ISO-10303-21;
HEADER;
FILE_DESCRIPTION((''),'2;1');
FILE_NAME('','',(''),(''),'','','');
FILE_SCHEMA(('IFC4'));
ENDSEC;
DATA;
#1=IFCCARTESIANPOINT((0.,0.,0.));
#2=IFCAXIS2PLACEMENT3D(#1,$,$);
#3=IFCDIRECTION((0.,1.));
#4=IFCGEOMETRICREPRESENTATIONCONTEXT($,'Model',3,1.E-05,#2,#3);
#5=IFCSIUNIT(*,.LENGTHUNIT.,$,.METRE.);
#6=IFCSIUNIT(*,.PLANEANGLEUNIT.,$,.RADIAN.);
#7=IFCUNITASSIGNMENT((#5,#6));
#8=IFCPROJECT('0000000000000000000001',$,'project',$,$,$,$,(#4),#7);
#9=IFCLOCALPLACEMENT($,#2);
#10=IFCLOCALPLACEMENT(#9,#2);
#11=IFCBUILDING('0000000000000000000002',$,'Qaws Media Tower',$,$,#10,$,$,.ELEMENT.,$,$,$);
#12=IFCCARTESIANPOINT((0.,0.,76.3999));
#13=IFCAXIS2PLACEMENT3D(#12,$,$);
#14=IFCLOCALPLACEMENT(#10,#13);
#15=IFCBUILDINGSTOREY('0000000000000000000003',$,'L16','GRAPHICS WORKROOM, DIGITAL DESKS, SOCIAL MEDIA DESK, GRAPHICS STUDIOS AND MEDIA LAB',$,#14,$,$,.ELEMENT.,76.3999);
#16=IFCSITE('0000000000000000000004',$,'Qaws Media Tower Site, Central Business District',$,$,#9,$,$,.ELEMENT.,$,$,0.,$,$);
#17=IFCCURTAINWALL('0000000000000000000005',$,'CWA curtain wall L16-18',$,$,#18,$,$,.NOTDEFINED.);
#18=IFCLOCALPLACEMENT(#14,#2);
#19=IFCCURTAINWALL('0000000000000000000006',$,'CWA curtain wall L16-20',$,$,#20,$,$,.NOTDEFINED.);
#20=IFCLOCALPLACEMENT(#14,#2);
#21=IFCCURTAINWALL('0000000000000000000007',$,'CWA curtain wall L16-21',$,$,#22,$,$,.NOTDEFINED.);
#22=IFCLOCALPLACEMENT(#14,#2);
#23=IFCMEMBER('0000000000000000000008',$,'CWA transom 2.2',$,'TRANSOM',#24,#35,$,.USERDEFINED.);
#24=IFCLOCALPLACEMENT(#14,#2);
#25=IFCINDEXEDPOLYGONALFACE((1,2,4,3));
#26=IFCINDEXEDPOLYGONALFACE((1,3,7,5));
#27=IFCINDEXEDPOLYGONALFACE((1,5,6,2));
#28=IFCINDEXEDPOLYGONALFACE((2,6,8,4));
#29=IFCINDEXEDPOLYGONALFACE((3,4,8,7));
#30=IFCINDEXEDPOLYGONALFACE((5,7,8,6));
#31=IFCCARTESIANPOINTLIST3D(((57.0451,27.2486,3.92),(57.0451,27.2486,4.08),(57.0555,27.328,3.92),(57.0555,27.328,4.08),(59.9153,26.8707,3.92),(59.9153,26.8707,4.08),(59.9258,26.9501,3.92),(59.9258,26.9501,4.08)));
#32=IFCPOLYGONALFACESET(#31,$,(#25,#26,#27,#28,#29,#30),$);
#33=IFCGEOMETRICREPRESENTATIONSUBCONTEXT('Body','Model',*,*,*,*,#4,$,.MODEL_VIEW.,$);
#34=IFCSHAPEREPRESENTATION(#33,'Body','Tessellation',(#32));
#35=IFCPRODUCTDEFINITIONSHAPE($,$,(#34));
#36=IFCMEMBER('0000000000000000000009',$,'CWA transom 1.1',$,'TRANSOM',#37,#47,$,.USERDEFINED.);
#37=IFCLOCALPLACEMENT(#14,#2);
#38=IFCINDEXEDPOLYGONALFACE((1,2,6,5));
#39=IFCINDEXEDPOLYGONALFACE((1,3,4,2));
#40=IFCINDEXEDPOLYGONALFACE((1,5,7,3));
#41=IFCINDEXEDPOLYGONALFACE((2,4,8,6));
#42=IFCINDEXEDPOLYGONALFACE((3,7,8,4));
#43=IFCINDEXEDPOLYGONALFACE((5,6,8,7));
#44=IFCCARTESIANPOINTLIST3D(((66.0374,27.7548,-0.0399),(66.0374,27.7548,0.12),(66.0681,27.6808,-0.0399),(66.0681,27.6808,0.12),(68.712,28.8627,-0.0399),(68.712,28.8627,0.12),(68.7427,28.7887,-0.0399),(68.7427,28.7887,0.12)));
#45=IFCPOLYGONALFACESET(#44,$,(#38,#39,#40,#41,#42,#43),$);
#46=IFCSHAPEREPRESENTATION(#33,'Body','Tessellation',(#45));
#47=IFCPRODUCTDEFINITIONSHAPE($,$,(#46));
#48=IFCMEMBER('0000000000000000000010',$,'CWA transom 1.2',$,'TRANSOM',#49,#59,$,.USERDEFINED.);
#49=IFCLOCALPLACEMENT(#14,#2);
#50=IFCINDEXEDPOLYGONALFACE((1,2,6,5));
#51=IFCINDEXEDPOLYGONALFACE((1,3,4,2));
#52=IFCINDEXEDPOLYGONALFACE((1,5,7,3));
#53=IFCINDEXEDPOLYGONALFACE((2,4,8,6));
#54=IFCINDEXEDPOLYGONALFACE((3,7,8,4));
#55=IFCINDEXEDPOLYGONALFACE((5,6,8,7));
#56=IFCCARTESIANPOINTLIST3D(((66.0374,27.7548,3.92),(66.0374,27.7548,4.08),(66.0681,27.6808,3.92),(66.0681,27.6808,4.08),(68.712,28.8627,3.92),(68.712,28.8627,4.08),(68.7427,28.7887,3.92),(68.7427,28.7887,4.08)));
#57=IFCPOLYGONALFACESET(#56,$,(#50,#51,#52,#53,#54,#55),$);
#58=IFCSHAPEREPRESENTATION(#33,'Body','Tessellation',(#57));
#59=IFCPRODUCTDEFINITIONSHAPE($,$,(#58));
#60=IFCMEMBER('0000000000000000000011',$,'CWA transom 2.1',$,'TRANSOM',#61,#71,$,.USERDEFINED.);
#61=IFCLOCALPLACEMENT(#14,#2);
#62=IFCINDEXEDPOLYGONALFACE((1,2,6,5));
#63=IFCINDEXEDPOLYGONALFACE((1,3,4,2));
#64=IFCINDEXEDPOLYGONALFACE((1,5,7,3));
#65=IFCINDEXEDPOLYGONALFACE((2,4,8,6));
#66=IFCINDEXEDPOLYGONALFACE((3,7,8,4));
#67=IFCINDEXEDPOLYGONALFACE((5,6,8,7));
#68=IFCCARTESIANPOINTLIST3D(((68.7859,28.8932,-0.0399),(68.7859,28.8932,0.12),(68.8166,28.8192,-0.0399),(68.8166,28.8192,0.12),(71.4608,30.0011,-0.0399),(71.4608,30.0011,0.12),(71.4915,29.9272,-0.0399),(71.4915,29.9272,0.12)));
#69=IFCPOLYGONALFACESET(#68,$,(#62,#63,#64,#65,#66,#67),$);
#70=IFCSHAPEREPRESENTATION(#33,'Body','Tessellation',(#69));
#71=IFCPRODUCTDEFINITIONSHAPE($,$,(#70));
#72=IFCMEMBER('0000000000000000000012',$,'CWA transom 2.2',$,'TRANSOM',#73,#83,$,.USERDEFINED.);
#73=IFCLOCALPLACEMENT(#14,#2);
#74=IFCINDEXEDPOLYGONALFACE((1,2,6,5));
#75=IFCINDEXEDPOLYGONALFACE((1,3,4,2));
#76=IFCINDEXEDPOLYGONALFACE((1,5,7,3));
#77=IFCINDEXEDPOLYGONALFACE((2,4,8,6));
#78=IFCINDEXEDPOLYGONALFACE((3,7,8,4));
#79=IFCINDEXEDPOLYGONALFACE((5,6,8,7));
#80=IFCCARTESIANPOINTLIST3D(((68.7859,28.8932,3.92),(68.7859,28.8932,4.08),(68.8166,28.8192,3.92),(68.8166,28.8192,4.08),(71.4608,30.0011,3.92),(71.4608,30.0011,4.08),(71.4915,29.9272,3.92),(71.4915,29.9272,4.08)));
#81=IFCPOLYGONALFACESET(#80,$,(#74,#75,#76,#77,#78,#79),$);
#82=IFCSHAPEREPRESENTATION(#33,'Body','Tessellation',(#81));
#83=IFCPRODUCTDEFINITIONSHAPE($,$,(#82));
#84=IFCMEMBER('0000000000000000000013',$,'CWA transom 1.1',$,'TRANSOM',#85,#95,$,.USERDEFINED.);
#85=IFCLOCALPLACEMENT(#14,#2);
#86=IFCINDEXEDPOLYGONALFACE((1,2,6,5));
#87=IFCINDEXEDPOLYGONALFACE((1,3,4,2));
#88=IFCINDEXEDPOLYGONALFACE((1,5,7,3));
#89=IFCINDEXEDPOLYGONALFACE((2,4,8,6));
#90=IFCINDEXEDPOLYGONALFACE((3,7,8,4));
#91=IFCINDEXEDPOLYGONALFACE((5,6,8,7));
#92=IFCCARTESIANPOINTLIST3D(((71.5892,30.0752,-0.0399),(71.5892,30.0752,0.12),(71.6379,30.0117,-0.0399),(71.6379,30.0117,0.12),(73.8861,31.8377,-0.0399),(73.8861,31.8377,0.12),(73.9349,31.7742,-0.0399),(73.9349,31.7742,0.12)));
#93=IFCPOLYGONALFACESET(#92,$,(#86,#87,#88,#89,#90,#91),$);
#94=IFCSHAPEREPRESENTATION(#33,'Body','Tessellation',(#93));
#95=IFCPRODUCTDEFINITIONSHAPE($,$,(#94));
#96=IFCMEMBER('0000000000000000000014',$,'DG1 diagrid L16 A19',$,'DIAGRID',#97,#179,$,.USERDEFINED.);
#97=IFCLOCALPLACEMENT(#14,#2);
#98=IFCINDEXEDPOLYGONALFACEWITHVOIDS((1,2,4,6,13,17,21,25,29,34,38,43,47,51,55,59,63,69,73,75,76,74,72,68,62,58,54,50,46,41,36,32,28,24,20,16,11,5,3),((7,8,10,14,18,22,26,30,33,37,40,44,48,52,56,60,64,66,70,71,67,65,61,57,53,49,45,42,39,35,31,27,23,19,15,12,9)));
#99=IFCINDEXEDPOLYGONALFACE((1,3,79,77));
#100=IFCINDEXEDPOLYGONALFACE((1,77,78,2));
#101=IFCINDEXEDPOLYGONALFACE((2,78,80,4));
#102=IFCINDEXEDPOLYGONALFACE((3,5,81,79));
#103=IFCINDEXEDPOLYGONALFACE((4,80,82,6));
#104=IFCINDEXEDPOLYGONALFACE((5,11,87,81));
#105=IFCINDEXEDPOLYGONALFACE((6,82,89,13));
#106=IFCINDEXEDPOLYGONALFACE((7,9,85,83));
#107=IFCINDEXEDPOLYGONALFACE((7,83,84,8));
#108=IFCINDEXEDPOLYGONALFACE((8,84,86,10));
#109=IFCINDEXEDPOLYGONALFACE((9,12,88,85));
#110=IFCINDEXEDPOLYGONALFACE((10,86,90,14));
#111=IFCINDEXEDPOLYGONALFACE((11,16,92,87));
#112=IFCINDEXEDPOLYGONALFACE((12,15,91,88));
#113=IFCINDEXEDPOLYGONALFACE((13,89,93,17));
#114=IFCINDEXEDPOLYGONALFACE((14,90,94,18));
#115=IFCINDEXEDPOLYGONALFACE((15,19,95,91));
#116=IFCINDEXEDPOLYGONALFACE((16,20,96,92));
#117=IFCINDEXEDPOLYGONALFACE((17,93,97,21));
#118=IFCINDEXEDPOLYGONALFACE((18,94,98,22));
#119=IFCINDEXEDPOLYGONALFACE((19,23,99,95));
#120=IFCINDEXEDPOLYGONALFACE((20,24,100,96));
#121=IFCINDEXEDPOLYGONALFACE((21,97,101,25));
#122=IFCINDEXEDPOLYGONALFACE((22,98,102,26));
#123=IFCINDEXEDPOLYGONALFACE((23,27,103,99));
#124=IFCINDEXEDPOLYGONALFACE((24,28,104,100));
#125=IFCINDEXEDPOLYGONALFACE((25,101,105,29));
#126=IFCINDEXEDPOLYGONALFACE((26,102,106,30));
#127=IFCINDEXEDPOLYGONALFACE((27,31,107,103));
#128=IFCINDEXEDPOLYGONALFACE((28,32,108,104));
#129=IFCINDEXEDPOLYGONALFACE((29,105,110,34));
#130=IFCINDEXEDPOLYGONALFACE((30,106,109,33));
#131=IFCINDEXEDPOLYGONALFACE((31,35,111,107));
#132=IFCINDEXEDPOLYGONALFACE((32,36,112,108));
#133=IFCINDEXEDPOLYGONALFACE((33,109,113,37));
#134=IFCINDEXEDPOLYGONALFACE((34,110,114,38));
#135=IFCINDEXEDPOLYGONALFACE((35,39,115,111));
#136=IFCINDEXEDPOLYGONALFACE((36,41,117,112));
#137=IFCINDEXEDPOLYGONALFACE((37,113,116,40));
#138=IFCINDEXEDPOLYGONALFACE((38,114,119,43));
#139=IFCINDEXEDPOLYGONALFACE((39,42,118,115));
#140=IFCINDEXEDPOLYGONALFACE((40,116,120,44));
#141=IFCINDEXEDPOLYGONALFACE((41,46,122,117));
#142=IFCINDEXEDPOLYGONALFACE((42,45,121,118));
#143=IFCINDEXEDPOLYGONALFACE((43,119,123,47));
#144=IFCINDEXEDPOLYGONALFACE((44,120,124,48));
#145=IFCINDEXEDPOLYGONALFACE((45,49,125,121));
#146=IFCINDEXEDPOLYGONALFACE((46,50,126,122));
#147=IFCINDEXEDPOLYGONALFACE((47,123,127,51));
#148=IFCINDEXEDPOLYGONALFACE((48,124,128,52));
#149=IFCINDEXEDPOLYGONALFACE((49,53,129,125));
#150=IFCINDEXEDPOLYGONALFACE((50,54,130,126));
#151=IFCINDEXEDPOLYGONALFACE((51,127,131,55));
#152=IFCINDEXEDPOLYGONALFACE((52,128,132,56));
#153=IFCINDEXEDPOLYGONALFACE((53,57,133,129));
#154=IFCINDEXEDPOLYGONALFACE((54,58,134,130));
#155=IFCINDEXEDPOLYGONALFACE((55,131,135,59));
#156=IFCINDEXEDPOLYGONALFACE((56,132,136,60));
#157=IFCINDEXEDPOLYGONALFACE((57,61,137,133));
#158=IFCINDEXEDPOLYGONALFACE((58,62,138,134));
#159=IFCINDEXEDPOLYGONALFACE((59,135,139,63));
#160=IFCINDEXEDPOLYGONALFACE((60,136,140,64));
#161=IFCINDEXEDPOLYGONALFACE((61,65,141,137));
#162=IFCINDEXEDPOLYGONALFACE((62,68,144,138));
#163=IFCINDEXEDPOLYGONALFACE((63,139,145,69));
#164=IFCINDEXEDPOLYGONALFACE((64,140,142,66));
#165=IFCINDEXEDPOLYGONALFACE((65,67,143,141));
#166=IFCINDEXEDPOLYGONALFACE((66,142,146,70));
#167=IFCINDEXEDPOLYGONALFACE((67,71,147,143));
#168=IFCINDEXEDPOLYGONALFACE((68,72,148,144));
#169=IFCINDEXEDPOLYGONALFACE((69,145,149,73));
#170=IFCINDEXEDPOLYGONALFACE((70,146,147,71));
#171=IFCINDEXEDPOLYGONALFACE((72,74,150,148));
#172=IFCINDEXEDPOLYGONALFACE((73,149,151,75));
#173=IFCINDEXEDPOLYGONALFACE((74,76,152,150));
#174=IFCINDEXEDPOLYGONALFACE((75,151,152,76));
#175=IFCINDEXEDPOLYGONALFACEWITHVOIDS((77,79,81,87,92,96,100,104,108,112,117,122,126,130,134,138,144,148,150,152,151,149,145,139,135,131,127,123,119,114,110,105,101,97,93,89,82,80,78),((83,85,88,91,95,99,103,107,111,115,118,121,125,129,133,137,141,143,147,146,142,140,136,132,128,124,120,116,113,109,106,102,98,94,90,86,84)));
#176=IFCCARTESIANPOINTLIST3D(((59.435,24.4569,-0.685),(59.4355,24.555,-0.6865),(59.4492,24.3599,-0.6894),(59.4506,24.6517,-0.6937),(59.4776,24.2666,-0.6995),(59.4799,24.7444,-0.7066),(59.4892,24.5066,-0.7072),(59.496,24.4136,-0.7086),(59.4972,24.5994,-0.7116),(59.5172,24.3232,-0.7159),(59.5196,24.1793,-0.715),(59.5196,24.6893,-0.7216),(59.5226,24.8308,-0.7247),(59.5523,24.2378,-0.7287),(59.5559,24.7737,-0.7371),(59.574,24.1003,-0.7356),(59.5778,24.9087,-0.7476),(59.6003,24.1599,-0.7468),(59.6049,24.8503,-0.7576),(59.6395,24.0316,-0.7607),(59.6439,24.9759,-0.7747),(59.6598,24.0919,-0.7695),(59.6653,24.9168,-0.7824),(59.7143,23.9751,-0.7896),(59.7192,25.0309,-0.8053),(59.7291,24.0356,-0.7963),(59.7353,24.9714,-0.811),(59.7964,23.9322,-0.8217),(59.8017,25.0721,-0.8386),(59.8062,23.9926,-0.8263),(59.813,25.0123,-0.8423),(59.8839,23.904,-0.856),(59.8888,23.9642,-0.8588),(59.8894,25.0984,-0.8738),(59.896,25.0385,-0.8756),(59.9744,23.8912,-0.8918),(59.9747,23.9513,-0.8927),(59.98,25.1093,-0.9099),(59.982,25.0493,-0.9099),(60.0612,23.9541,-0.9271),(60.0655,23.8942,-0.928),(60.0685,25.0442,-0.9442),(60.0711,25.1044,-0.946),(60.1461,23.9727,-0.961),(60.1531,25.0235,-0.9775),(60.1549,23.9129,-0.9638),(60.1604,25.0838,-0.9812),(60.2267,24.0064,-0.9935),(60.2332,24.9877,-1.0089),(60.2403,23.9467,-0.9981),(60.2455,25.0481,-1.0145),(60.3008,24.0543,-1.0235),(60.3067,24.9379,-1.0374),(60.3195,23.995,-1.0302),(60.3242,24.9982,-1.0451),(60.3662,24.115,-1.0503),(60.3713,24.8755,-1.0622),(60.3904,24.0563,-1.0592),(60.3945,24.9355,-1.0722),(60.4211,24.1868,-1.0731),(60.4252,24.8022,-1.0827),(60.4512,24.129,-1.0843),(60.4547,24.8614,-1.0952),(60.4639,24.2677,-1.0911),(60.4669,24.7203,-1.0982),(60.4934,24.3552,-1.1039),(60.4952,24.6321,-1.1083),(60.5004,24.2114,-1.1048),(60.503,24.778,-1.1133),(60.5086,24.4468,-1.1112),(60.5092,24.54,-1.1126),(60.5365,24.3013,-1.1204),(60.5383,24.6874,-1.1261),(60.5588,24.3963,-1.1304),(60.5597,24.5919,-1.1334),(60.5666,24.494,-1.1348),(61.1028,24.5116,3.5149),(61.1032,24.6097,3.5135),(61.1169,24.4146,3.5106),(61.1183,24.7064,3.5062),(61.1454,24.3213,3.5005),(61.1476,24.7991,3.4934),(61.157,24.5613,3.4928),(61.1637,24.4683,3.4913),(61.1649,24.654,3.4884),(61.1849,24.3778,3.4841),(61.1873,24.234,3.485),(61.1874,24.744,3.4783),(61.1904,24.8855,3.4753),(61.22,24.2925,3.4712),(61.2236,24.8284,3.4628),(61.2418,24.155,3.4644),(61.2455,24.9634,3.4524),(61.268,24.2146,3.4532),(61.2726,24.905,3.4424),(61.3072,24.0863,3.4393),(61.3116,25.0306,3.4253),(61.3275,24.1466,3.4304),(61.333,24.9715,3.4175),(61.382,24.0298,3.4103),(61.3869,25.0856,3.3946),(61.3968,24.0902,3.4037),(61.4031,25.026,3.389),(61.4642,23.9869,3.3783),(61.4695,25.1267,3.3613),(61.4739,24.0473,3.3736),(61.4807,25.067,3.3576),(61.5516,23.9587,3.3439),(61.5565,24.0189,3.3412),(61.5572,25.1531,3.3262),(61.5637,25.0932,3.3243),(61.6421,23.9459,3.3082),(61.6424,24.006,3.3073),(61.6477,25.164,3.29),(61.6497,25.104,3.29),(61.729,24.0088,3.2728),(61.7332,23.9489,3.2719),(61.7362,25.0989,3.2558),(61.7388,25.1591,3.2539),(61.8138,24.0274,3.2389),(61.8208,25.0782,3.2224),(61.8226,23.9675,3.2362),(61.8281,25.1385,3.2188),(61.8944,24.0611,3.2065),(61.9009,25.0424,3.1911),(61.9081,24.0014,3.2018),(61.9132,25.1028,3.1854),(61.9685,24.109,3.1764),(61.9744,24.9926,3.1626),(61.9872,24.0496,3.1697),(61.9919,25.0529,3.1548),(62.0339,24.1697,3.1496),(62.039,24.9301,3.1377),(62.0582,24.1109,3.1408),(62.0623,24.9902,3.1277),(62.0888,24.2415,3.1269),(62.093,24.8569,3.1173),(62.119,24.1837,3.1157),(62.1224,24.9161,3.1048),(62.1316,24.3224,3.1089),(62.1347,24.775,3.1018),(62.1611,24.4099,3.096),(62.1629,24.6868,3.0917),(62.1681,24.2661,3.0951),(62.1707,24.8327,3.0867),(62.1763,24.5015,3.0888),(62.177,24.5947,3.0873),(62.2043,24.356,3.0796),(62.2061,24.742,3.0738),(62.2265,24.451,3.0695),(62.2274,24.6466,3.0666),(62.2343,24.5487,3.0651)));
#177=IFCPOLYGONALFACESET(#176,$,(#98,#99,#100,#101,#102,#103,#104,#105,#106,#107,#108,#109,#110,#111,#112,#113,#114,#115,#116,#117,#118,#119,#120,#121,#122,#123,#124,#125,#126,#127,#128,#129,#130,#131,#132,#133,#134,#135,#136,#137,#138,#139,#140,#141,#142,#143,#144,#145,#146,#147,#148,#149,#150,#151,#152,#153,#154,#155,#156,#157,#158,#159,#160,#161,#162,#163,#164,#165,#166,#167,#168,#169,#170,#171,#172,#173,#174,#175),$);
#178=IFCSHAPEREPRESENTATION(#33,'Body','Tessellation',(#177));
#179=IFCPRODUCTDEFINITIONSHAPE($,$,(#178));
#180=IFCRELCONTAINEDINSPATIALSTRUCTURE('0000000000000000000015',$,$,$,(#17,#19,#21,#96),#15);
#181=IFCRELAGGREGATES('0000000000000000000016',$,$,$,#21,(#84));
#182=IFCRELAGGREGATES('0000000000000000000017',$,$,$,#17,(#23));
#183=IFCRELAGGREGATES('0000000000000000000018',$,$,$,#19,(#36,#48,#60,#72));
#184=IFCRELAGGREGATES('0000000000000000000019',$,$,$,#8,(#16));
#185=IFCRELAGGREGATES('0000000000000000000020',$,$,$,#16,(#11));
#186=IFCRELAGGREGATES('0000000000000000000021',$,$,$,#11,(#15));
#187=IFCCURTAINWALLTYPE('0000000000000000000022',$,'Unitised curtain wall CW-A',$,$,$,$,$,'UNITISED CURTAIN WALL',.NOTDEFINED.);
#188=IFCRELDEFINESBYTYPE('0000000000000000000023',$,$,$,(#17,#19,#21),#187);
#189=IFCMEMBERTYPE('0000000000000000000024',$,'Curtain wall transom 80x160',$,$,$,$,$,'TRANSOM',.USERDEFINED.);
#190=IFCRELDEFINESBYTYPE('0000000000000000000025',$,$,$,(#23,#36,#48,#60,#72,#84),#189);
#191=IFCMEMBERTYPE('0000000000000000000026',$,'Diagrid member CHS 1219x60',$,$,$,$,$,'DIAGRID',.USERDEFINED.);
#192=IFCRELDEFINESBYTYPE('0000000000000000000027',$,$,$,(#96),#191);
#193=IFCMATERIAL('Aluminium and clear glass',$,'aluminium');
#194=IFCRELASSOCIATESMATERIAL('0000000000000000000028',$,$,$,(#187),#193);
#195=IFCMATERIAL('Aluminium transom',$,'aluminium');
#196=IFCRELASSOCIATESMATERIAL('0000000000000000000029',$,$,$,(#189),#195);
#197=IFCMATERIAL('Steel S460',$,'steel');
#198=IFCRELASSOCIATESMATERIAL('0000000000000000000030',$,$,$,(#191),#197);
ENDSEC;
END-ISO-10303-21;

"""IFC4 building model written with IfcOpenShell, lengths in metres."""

from ifc_helpers import new_model, si_unit, direction, frame, origin, origin_2d, place, context, subcontext, project, spatial, rectangle, hollow_circle, extrude, material, material_profile, profile_set, type_object, element, aggregate, save


model = new_model("IFC4")

# Units and contexts
model_context = context("Model", 3, precision=1e-05, world=origin(), true_north=direction((0.0, 1.0)))
body_context = subcontext(model_context, "Body", "Model", "MODEL_VIEW")
ifc_project = project(units=[si_unit("LENGTHUNIT", "METRE"), si_unit("PLANEANGLEUNIT", "RADIAN")], contexts=[model_context])

# Site, building, storey
site_placement = place(None, origin())
site = spatial("IfcSite", under=ifc_project, at=site_placement, Name="Qaws Media Tower Site, Central Business District", CompositionType="ELEMENT", RefElevation=0.0)
building_placement = place(site_placement, origin())
building = spatial("IfcBuilding", under=site, at=building_placement, Name="Qaws Media Tower", CompositionType="ELEMENT")
storey_placement = place(building_placement, frame((0.0, 0.0, 76.3999)))
storey = spatial("IfcBuildingStorey", under=building, at=storey_placement, Name="L16", Description="GRAPHICS WORKROOM, DIGITAL DESKS, SOCIAL MEDIA DESK, GRAPHICS STUDIOS AND MEDIA LAB", CompositionType="ELEMENT", Elevation=76.3999)

# Curtain walls
ifc_material_1 = material(Name="Aluminium and clear glass", Category="aluminium")
curtain_wall_type = type_object("IfcCurtainWallType", Name="Unitised curtain wall CW-A", ElementType="UNITISED CURTAIN WALL", PredefinedType="NOTDEFINED", material=ifc_material_1)
curtain_wall_1_placement = place(storey_placement, origin())
curtain_wall_1 = element("IfcCurtainWall", 1, at=curtain_wall_1_placement, inside=storey, type_object=curtain_wall_type, Name="CWA curtain wall L16-18", PredefinedType="NOTDEFINED")
curtain_wall_2_placement = place(storey_placement, origin())
curtain_wall_2 = element("IfcCurtainWall", 2, at=curtain_wall_2_placement, inside=storey, type_object=curtain_wall_type, Name="CWA curtain wall L16-20", PredefinedType="NOTDEFINED")

# Curtain wall
curtain_wall_3_placement = place(storey_placement, origin())
curtain_wall_3 = element("IfcCurtainWall", 3, at=curtain_wall_3_placement, inside=storey, type_object=curtain_wall_type, Name="CWA curtain wall L16-21", PredefinedType="NOTDEFINED")

# Members
ifc_material_2 = material(Name="Aluminium transom", Category="aluminium")
ifc_material_profile_1 = material_profile(ifc_material_2, rectangle(XDim=0.0801, YDim=0.1599, at=origin_2d()), Name="80x160")
ifc_profile_set_1 = profile_set([ifc_material_profile_1], Name="Aluminium transom")
member_type_1 = type_object("IfcMemberType", Name="Curtain wall transom 80x160", ElementType="TRANSOM", PredefinedType="USERDEFINED", material=ifc_profile_set_1)
member_1_placement = place(storey_placement, frame((57.0503, 27.2883, 4.0), z_axis=(0.991443, -0.13054, 0.0), x_axis=(0.13054, 0.991443, 0.0)))
member_1 = element("IfcMember", 4, at=member_1_placement, type_object=member_type_1, Name="CWA transom 2.2", ObjectType="TRANSOM", PredefinedType="USERDEFINED", context=body_context, shape_type="SweptSolid", body=[
    extrude(rectangle(XDim=0.0801, YDim=0.1599, at=origin_2d()), origin(), (0.0, 0.0, 1.0), 2.895),
])
member_2_placement = place(storey_placement, frame((66.0527, 27.7178, 0.04), z_axis=(0.923871, 0.382704, 0.0), x_axis=(-0.382704, 0.923871, 0.0)))
member_2 = element("IfcMember", 5, at=member_2_placement, type_object=member_type_1, Name="CWA transom 1.1", ObjectType="TRANSOM", PredefinedType="USERDEFINED", context=body_context, shape_type="SweptSolid", body=[
    extrude(rectangle(XDim=0.0801, YDim=0.1599, at=origin_2d()), origin(), (0.0, 0.0, 1.0), 2.895),
])
member_3_placement = place(storey_placement, frame((66.0527, 27.7178, 4.0), z_axis=(0.923871, 0.382704, 0.0), x_axis=(-0.382704, 0.923871, 0.0)))
member_3 = element("IfcMember", 6, at=member_3_placement, type_object=member_type_1, Name="CWA transom 1.2", ObjectType="TRANSOM", PredefinedType="USERDEFINED", context=body_context, shape_type="SweptSolid", body=[
    extrude(rectangle(XDim=0.0801, YDim=0.1599, at=origin_2d()), origin(), (0.0, 0.0, 1.0), 2.895),
])
member_4_placement = place(storey_placement, frame((68.8013, 28.8562, 0.04), z_axis=(0.923883, 0.382675, 0.0), x_axis=(-0.382675, 0.923883, 0.0)))
member_4 = element("IfcMember", 7, at=member_4_placement, type_object=member_type_1, Name="CWA transom 2.1", ObjectType="TRANSOM", PredefinedType="USERDEFINED", context=body_context, shape_type="SweptSolid", body=[
    extrude(rectangle(XDim=0.0801, YDim=0.1599, at=origin_2d()), origin(), (0.0, 0.0, 1.0), 2.8953),
])
member_5_placement = place(storey_placement, frame((68.8013, 28.8562, 4.0), z_axis=(0.923883, 0.382675, 0.0), x_axis=(-0.382675, 0.923883, 0.0)))
member_5 = element("IfcMember", 8, at=member_5_placement, type_object=member_type_1, Name="CWA transom 2.2", ObjectType="TRANSOM", PredefinedType="USERDEFINED", context=body_context, shape_type="SweptSolid", body=[
    extrude(rectangle(XDim=0.0801, YDim=0.1599, at=origin_2d()), origin(), (0.0, 0.0, 1.0), 2.8953),
])
member_6_placement = place(storey_placement, frame((71.6135, 30.0435, 0.04), z_axis=(0.793354, 0.608761, 0.0), x_axis=(-0.608761, 0.793354, 0.0)))
member_6 = element("IfcMember", 9, at=member_6_placement, type_object=member_type_1, Name="CWA transom 1.1", ObjectType="TRANSOM", PredefinedType="USERDEFINED", context=body_context, shape_type="SweptSolid", body=[
    extrude(rectangle(XDim=0.0801, YDim=0.1599, at=origin_2d()), origin(), (0.0, 0.0, 1.0), 2.8953),
])
aggregate(curtain_wall_3, [member_6])

# Member
ifc_material_3 = material(Name="Steel S460", Category="steel")
ifc_material_profile_2 = material_profile(ifc_material_3, hollow_circle(Radius=0.6096, WallThickness=0.0601, at=origin_2d()), Name="CHS 1219x60")
ifc_profile_set_2 = profile_set([ifc_material_profile_2], Name="Steel S460")
member_type_2 = type_object("IfcMemberType", Name="Diagrid member CHS 1219x60", ElementType="DIAGRID", PredefinedType="USERDEFINED", material=ifc_profile_set_2)
for number, where, z_axis, x_axis, name in (
    (10, (60.0, 24.5, -0.9099), (0.369024, 0.012101, 0.929341), (-0.032774, 0.999463, 0.0), "DG1 diagrid L16 A19"),
):
    element("IfcMember", number, at=place(storey_placement, frame(where, z_axis=z_axis, x_axis=x_axis)), inside=storey, type_object=member_type_2, Name=name, ObjectType="DIAGRID", PredefinedType="USERDEFINED", context=body_context, shape_type="SweptSolid", body=[
        extrude(hollow_circle(Radius=0.6096, WallThickness=0.0601, at=origin_2d()), origin(), (0.0, 0.0, 1.0), 4.5193),
    ])

aggregate(curtain_wall_1, [member_1])
aggregate(curtain_wall_2, [member_2, member_3, member_4, member_5])

save(model, "model.ifc")
